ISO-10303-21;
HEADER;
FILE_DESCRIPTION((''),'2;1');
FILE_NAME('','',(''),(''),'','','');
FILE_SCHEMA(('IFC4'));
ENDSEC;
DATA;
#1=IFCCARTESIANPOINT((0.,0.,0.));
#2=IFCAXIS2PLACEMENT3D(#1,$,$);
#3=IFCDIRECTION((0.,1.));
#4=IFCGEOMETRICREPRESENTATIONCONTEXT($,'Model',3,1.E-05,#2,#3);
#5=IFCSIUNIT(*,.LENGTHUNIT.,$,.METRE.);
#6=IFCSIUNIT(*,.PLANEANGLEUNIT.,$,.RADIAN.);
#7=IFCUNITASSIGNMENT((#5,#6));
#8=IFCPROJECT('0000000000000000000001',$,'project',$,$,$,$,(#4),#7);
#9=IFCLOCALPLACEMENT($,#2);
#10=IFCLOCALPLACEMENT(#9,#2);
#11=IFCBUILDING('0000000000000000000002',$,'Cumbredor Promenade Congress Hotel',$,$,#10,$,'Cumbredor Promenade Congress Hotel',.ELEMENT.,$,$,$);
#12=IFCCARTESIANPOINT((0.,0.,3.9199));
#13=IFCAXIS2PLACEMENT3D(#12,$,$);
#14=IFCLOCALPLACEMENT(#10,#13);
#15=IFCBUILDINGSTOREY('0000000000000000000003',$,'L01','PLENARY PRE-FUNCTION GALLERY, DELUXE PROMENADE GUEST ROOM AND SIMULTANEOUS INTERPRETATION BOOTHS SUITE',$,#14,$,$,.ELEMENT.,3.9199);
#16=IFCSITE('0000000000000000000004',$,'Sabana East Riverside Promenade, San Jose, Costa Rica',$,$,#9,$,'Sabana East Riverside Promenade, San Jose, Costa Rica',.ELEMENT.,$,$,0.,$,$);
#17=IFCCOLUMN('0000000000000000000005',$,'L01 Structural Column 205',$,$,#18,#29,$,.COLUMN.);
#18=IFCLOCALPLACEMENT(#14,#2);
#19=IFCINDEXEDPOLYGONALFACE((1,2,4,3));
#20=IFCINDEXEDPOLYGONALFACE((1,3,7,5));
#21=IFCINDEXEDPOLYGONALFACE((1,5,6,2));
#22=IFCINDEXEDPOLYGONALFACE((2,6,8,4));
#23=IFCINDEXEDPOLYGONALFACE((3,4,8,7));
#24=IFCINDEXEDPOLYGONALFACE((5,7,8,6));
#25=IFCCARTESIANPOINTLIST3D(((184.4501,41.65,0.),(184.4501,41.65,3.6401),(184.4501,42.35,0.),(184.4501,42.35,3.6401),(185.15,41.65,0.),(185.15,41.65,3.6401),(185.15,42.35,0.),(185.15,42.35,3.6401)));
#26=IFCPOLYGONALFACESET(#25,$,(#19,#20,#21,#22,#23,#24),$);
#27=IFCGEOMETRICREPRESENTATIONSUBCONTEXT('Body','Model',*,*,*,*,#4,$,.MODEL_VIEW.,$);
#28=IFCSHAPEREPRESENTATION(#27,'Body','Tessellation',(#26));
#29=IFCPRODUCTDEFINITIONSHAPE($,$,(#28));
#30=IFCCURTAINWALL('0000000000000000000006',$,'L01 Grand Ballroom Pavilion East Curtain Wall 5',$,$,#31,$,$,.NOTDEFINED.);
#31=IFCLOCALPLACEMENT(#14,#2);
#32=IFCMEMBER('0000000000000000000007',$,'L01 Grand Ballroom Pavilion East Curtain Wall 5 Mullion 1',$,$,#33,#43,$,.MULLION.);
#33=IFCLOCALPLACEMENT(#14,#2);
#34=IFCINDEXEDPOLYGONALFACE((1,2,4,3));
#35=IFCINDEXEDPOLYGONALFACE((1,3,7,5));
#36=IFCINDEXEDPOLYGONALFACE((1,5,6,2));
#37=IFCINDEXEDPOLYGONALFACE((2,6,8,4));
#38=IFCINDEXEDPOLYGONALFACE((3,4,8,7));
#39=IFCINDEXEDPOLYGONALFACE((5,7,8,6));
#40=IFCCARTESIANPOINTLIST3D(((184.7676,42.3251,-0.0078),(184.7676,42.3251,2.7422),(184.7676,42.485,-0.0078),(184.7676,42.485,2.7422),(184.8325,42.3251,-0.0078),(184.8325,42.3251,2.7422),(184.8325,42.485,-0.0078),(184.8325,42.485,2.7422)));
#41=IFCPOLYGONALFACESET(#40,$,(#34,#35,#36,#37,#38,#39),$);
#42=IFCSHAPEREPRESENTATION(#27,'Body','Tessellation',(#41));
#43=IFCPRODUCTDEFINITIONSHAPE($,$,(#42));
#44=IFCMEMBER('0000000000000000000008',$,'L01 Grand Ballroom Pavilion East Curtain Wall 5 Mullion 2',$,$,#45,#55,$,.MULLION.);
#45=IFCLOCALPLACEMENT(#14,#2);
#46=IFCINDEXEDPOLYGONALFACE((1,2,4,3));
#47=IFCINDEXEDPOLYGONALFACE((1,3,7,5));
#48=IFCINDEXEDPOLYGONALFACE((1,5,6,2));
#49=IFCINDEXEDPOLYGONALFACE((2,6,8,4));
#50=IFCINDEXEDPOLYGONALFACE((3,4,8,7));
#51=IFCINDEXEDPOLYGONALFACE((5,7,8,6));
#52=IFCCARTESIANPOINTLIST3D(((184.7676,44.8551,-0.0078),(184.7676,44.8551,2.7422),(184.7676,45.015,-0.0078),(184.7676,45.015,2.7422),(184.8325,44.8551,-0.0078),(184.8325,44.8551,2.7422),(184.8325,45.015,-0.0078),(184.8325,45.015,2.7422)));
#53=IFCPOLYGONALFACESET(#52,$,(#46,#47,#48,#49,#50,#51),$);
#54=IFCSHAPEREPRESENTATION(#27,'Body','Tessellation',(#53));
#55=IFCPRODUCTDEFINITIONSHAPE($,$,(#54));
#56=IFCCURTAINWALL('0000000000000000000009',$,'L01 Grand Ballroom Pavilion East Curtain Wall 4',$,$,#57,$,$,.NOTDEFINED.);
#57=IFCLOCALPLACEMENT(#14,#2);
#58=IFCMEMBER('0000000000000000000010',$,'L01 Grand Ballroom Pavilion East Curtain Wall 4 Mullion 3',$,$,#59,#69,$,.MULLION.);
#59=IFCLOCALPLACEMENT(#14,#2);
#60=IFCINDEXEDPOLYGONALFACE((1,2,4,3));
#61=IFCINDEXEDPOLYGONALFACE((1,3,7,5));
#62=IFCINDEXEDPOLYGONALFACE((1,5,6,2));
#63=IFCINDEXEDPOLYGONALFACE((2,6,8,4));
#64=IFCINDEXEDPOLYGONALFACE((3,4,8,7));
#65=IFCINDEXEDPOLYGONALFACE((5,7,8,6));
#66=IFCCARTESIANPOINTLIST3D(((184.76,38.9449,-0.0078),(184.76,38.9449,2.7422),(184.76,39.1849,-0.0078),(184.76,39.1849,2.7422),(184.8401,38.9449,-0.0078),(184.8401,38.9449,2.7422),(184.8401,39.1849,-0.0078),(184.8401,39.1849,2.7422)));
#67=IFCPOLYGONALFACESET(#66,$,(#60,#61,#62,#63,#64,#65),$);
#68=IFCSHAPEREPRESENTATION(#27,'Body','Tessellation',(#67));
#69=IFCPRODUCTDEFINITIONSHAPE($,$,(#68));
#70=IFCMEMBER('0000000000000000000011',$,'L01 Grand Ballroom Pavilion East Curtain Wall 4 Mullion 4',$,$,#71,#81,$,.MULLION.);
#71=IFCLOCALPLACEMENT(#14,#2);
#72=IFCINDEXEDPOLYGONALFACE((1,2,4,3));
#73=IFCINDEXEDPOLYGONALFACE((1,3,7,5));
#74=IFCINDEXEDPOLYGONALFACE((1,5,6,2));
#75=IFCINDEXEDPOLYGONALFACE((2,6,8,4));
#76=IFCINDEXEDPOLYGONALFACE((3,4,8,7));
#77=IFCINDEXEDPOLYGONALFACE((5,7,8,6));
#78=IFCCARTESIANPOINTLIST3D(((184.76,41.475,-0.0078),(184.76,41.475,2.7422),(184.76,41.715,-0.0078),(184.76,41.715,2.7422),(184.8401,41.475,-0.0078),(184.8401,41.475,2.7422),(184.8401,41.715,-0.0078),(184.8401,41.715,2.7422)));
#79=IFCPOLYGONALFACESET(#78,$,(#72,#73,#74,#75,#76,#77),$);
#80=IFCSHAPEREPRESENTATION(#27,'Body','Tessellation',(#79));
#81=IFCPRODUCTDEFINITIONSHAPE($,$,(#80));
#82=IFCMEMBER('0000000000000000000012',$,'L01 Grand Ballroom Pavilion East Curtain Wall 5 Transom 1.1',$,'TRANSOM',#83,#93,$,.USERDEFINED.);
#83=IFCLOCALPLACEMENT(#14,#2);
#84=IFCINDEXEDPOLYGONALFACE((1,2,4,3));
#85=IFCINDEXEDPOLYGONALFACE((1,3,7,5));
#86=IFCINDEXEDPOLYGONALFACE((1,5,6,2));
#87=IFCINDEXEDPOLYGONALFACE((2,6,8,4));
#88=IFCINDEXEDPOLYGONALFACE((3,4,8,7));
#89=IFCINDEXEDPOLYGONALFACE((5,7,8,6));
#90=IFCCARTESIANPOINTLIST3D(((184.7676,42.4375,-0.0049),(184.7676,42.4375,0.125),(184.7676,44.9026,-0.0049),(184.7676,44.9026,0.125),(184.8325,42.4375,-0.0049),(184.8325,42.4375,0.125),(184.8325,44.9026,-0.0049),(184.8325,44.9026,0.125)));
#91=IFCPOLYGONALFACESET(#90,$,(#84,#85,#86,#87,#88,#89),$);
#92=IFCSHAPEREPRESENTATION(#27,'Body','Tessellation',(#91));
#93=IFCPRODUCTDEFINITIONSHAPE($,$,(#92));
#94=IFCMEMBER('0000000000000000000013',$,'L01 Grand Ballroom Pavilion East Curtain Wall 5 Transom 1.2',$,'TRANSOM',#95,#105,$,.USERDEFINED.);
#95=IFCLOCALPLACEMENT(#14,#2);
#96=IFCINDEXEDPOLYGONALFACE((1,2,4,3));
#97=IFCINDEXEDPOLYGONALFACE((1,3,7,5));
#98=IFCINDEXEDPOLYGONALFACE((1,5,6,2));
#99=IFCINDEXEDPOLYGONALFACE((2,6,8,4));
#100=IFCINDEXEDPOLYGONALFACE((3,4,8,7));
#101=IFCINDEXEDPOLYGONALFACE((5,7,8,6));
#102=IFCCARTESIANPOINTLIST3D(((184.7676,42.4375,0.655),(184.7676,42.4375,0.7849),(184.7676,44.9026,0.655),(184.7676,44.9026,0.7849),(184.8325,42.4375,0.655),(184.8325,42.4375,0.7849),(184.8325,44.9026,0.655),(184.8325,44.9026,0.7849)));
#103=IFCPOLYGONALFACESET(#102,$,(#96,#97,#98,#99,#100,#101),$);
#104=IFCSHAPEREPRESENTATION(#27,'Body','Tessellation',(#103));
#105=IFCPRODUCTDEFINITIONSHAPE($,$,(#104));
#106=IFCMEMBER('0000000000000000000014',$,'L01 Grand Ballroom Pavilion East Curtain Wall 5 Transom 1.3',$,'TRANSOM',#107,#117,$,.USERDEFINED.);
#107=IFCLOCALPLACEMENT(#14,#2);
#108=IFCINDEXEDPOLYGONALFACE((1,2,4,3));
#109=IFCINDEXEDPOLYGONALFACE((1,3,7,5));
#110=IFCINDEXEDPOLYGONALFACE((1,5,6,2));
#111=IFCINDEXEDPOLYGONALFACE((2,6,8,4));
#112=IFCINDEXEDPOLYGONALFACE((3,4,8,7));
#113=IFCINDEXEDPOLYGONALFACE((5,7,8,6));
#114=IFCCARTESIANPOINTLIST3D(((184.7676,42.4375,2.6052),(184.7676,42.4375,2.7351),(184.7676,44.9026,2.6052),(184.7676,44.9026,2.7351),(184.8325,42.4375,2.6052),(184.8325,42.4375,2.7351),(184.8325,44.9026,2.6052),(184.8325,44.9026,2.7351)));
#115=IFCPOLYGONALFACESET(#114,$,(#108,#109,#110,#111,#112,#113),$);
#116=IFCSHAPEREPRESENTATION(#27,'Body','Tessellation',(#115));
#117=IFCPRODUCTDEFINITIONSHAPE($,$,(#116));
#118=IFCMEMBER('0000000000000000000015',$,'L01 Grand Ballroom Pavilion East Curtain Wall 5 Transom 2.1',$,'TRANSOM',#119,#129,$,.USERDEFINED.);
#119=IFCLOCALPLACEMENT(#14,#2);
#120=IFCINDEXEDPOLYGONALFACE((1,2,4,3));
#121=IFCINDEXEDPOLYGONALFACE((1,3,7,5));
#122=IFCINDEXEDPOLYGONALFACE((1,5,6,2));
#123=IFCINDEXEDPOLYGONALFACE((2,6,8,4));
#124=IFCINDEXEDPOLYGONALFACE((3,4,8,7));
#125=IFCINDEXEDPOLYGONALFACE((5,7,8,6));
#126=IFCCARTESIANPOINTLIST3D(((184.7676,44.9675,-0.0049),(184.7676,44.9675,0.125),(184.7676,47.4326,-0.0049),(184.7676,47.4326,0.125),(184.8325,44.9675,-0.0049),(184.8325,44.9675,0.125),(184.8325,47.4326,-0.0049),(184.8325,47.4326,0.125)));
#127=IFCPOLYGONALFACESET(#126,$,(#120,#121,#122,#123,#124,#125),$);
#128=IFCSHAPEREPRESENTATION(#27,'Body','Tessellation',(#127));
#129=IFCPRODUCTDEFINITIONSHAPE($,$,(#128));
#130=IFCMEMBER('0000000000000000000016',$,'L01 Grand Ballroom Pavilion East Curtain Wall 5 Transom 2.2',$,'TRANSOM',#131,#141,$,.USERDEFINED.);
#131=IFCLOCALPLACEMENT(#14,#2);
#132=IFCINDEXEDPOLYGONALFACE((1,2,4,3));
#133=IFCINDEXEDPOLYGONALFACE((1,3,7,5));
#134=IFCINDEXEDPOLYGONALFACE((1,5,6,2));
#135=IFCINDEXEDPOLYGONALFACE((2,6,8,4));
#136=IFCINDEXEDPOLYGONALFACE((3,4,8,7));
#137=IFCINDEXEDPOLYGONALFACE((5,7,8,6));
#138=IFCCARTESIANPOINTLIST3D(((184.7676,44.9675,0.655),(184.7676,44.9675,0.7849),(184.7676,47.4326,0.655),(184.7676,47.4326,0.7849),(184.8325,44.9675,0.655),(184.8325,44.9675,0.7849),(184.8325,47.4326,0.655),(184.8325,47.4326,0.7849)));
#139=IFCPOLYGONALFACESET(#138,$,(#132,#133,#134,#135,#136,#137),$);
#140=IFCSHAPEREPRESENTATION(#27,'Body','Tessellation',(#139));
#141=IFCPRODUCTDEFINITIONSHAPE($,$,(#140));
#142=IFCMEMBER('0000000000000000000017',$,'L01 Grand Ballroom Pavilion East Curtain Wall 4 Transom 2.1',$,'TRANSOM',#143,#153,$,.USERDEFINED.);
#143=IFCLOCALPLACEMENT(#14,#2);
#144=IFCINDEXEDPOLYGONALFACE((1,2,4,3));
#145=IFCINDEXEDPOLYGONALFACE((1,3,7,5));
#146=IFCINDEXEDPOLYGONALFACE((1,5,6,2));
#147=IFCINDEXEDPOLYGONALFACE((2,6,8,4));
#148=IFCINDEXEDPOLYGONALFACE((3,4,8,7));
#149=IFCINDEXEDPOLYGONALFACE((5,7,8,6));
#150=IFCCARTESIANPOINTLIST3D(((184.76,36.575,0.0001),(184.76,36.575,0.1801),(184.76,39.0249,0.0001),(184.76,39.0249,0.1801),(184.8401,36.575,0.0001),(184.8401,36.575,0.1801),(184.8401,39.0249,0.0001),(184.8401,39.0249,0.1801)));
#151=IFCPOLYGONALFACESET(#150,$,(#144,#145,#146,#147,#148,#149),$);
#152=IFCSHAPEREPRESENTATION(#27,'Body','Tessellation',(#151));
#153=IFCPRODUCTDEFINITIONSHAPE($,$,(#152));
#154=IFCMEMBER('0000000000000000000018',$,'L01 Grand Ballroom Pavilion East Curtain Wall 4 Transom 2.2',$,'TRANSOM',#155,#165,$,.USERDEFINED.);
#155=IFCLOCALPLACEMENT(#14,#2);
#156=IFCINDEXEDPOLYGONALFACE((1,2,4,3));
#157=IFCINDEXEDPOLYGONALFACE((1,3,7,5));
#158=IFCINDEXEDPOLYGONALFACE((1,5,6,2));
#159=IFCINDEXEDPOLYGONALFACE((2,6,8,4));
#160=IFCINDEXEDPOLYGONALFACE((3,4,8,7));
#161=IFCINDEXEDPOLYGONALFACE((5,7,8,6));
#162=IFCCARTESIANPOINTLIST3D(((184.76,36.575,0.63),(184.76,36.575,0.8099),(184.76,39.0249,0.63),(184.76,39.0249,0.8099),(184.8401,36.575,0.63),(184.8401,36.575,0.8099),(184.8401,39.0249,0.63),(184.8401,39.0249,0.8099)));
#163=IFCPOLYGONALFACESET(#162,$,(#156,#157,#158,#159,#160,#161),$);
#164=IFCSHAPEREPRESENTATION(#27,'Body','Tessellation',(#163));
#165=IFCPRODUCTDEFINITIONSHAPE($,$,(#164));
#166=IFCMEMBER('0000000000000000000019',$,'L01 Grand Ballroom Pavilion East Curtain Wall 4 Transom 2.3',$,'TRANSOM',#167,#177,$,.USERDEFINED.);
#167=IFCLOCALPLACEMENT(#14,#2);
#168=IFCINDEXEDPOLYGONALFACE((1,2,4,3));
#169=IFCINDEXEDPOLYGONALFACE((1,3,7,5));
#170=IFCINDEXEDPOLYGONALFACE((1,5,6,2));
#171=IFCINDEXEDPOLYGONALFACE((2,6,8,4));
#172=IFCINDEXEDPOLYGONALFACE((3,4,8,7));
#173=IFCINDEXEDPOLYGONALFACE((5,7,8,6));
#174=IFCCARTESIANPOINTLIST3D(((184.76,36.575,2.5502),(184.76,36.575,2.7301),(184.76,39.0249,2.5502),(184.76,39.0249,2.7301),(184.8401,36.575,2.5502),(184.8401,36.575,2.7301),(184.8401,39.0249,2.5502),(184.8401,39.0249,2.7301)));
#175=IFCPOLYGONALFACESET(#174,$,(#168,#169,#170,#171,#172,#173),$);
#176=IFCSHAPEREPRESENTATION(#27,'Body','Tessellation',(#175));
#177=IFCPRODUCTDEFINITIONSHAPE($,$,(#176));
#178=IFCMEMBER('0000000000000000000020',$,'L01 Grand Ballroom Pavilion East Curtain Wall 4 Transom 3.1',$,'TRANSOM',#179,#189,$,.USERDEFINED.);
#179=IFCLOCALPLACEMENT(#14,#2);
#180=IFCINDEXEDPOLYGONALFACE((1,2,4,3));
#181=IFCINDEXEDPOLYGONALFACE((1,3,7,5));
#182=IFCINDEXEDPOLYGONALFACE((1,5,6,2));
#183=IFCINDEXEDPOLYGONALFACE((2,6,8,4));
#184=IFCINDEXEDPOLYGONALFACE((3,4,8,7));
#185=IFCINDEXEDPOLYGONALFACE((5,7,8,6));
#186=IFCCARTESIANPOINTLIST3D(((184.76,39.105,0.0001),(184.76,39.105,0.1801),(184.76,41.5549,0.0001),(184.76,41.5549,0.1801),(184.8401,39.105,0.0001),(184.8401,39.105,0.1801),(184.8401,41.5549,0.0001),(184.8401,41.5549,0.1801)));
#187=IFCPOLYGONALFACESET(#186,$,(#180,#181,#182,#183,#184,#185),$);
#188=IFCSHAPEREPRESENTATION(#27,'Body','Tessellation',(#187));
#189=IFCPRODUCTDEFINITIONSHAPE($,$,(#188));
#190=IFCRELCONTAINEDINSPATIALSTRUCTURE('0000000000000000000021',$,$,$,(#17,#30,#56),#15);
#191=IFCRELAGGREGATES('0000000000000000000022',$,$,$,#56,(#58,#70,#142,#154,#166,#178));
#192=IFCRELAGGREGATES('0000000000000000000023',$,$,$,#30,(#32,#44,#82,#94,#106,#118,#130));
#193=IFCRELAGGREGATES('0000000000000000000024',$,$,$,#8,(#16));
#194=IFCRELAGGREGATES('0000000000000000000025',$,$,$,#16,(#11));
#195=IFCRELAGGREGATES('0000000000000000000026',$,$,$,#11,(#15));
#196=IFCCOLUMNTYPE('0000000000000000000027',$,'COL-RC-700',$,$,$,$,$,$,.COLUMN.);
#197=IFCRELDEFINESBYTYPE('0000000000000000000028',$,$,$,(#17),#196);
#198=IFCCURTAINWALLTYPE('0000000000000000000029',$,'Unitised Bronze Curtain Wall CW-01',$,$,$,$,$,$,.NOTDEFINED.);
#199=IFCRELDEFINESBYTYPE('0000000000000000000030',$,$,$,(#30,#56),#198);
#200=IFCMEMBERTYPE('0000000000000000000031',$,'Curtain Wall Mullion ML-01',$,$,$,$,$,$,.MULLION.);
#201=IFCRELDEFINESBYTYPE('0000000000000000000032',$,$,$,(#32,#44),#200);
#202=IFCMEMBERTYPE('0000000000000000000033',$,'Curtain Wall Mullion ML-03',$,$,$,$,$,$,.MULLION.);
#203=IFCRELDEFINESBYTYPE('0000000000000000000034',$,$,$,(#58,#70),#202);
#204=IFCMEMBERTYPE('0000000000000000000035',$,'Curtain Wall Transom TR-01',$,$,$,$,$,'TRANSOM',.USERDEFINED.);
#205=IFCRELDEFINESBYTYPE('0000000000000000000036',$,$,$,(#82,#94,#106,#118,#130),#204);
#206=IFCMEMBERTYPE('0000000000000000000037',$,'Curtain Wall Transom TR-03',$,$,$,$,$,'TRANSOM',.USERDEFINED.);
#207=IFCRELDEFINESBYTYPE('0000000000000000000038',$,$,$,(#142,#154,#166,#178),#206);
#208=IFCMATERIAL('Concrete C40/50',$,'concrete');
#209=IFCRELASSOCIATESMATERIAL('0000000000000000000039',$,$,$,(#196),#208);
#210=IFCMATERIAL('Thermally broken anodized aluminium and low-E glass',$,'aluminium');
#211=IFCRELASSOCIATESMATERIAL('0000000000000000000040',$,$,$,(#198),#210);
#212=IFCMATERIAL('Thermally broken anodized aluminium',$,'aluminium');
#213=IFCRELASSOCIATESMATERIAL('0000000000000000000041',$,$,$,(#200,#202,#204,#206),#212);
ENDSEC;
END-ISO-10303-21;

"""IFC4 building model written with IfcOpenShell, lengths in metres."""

from ifc_helpers import new_model, si_unit, direction, frame, origin, origin_2d, place, context, subcontext, project, spatial, rectangle, extrude, material, material_profile, profile_set, type_object, element, aggregate, save


model = new_model("IFC4")

# Units and contexts
model_context = context("Model", 3, precision=1e-05, world=origin(), true_north=direction((0.0, 1.0)))
body_context = subcontext(model_context, "Body", "Model", "MODEL_VIEW")
ifc_project = project(units=[si_unit("LENGTHUNIT", "METRE"), si_unit("PLANEANGLEUNIT", "RADIAN")], contexts=[model_context])

# Site, building, storey
site_placement = place(None, origin())
site = spatial("IfcSite", under=ifc_project, at=site_placement, Name="Sabana East Riverside Promenade, San Jose, Costa Rica", LongName="Sabana East Riverside Promenade, San Jose, Costa Rica", CompositionType="ELEMENT", RefElevation=0.0)
building_placement = place(site_placement, origin())
building = spatial("IfcBuilding", under=site, at=building_placement, Name="Cumbredor Promenade Congress Hotel", LongName="Cumbredor Promenade Congress Hotel", CompositionType="ELEMENT")
storey_placement = place(building_placement, frame((0.0, 0.0, 3.9199)))
storey = spatial("IfcBuildingStorey", under=building, at=storey_placement, Name="L01", Description="PLENARY PRE-FUNCTION GALLERY, DELUXE PROMENADE GUEST ROOM AND SIMULTANEOUS INTERPRETATION BOOTHS SUITE", CompositionType="ELEMENT", Elevation=3.9199)

# Column
ifc_material_1 = material(Name="Concrete C40/50", Category="concrete")
ifc_material_profile_1 = material_profile(ifc_material_1, rectangle(XDim=0.7, YDim=0.7, at=origin_2d()), Name="RC 700x700")
ifc_profile_set_1 = profile_set([ifc_material_profile_1], Name="Concrete C40/50")
column_type = type_object("IfcColumnType", Name="COL-RC-700", PredefinedType="COLUMN", material=ifc_profile_set_1)
column_placement = place(storey_placement, frame((184.8, 42.0, 0.0), z_axis=(0.0, 0.0, 1.0), x_axis=(1.0, 0.0, 0.0)))
element("IfcColumn", 1, at=column_placement, inside=storey, type_object=column_type, Name="L01 Structural Column 205", PredefinedType="COLUMN", context=body_context, shape_type="SweptSolid", body=[
    extrude(rectangle(XDim=0.7, YDim=0.7, at=origin_2d()), origin(), (0.0, 0.0, 1.0), 3.6401),
])

# Curtain walls, members
ifc_material_2 = material(Name="Thermally broken anodized aluminium and low-E glass", Category="aluminium")
curtain_wall_type = type_object("IfcCurtainWallType", Name="Unitised Bronze Curtain Wall CW-01", PredefinedType="NOTDEFINED", material=ifc_material_2)
curtain_wall_1_placement = place(storey_placement, origin())
curtain_wall_1 = element("IfcCurtainWall", 2, at=curtain_wall_1_placement, inside=storey, type_object=curtain_wall_type, Name="L01 Grand Ballroom Pavilion East Curtain Wall 5", PredefinedType="NOTDEFINED")
ifc_material_3 = material(Name="Thermally broken anodized aluminium", Category="aluminium")
ifc_material_profile_2 = material_profile(ifc_material_3, rectangle(XDim=0.0649, YDim=0.1599, at=origin_2d()), Name="ALU MULLION 65x160")
ifc_profile_set_2 = profile_set([ifc_material_profile_2], Name="Thermally broken anodized aluminium")
member_type_1 = type_object("IfcMemberType", Name="Curtain Wall Mullion ML-01", PredefinedType="MULLION", material=ifc_profile_set_2)
member_1_placement = place(storey_placement, frame((184.8, 42.405, -0.0078), z_axis=(0.0, 0.0, 1.0), x_axis=(1.0, 0.0, 0.0)))
member_1 = element("IfcMember", 3, at=member_1_placement, type_object=member_type_1, Name="L01 Grand Ballroom Pavilion East Curtain Wall 5 Mullion 1", PredefinedType="MULLION", context=body_context, shape_type="SweptSolid", body=[
    extrude(rectangle(XDim=0.0649, YDim=0.1599, at=origin_2d()), origin(), (0.0, 0.0, 1.0), 2.75),
])
member_2_placement = place(storey_placement, frame((184.8, 44.9351, -0.0078), z_axis=(0.0, 0.0, 1.0), x_axis=(1.0, 0.0, 0.0)))
member_2 = element("IfcMember", 4, at=member_2_placement, type_object=member_type_1, Name="L01 Grand Ballroom Pavilion East Curtain Wall 5 Mullion 2", PredefinedType="MULLION", context=body_context, shape_type="SweptSolid", body=[
    extrude(rectangle(XDim=0.0649, YDim=0.1599, at=origin_2d()), origin(), (0.0, 0.0, 1.0), 2.75),
])
curtain_wall_2_placement = place(storey_placement, origin())
curtain_wall_2 = element("IfcCurtainWall", 5, at=curtain_wall_2_placement, inside=storey, type_object=curtain_wall_type, Name="L01 Grand Ballroom Pavilion East Curtain Wall 4", PredefinedType="NOTDEFINED")
ifc_material_profile_3 = material_profile(ifc_material_3, rectangle(XDim=0.0801, YDim=0.24, at=origin_2d()), Name="ALU MULLION 80x240")
ifc_profile_set_3 = profile_set([ifc_material_profile_3], Name="Thermally broken anodized aluminium")
member_type_2 = type_object("IfcMemberType", Name="Curtain Wall Mullion ML-03", PredefinedType="MULLION", material=ifc_profile_set_3)
member_3_placement = place(storey_placement, frame((184.8, 39.0649, -0.0078), z_axis=(0.0, 0.0, 1.0), x_axis=(1.0, 0.0, 0.0)))
member_3 = element("IfcMember", 6, at=member_3_placement, type_object=member_type_2, Name="L01 Grand Ballroom Pavilion East Curtain Wall 4 Mullion 3", PredefinedType="MULLION", context=body_context, shape_type="SweptSolid", body=[
    extrude(rectangle(XDim=0.0801, YDim=0.24, at=origin_2d()), origin(), (0.0, 0.0, 1.0), 2.75),
])
member_4_placement = place(storey_placement, frame((184.8, 41.595, -0.0078), z_axis=(0.0, 0.0, 1.0), x_axis=(1.0, 0.0, 0.0)))
member_4 = element("IfcMember", 7, at=member_4_placement, type_object=member_type_2, Name="L01 Grand Ballroom Pavilion East Curtain Wall 4 Mullion 4", PredefinedType="MULLION", context=body_context, shape_type="SweptSolid", body=[
    extrude(rectangle(XDim=0.0801, YDim=0.24, at=origin_2d()), origin(), (0.0, 0.0, 1.0), 2.75),
])

# Members
ifc_material_profile_4 = material_profile(ifc_material_3, rectangle(XDim=0.0649, YDim=0.1299, at=origin_2d()), Name="ALU TRANSOM 65x130")
ifc_profile_set_4 = profile_set([ifc_material_profile_4], Name="Thermally broken anodized aluminium")
member_type_3 = type_object("IfcMemberType", Name="Curtain Wall Transom TR-01", ElementType="TRANSOM", PredefinedType="USERDEFINED", material=ifc_profile_set_4)
member_5_placement = place(storey_placement, frame((184.8, 42.4375, 0.0601), z_axis=(0.0, 1.0, 0.0), x_axis=(-1.0, 0.0, 0.0)))
member_5 = element("IfcMember", 8, at=member_5_placement, type_object=member_type_3, Name="L01 Grand Ballroom Pavilion East Curtain Wall 5 Transom 1.1", ObjectType="TRANSOM", PredefinedType="USERDEFINED", context=body_context, shape_type="SweptSolid", body=[
    extrude(rectangle(XDim=0.0649, YDim=0.1299, at=origin_2d()), origin(), (0.0, 0.0, 1.0), 2.4651),
])
member_6_placement = place(storey_placement, frame((184.8, 42.4375, 0.72), z_axis=(0.0, 1.0, 0.0), x_axis=(-1.0, 0.0, 0.0)))
member_6 = element("IfcMember", 9, at=member_6_placement, type_object=member_type_3, Name="L01 Grand Ballroom Pavilion East Curtain Wall 5 Transom 1.2", ObjectType="TRANSOM", PredefinedType="USERDEFINED", context=body_context, shape_type="SweptSolid", body=[
    extrude(rectangle(XDim=0.0649, YDim=0.1299, at=origin_2d()), origin(), (0.0, 0.0, 1.0), 2.4651),
])
member_7_placement = place(storey_placement, frame((184.8, 42.4375, 2.6702), z_axis=(0.0, 1.0, 0.0), x_axis=(-1.0, 0.0, 0.0)))
member_7 = element("IfcMember", 10, at=member_7_placement, type_object=member_type_3, Name="L01 Grand Ballroom Pavilion East Curtain Wall 5 Transom 1.3", ObjectType="TRANSOM", PredefinedType="USERDEFINED", context=body_context, shape_type="SweptSolid", body=[
    extrude(rectangle(XDim=0.0649, YDim=0.1299, at=origin_2d()), origin(), (0.0, 0.0, 1.0), 2.4651),
])
member_8_placement = place(storey_placement, frame((184.8, 44.9675, 0.0601), z_axis=(0.0, 1.0, 0.0), x_axis=(-1.0, 0.0, 0.0)))
member_8 = element("IfcMember", 11, at=member_8_placement, type_object=member_type_3, Name="L01 Grand Ballroom Pavilion East Curtain Wall 5 Transom 2.1", ObjectType="TRANSOM", PredefinedType="USERDEFINED", context=body_context, shape_type="SweptSolid", body=[
    extrude(rectangle(XDim=0.0649, YDim=0.1299, at=origin_2d()), origin(), (0.0, 0.0, 1.0), 2.4651),
])
member_9_placement = place(storey_placement, frame((184.8, 44.9675, 0.72), z_axis=(0.0, 1.0, 0.0), x_axis=(-1.0, 0.0, 0.0)))
member_9 = element("IfcMember", 12, at=member_9_placement, type_object=member_type_3, Name="L01 Grand Ballroom Pavilion East Curtain Wall 5 Transom 2.2", ObjectType="TRANSOM", PredefinedType="USERDEFINED", context=body_context, shape_type="SweptSolid", body=[
    extrude(rectangle(XDim=0.0649, YDim=0.1299, at=origin_2d()), origin(), (0.0, 0.0, 1.0), 2.4651),
])
ifc_material_profile_5 = material_profile(ifc_material_3, rectangle(XDim=0.0801, YDim=0.1799, at=origin_2d()), Name="ALU TRANSOM 80x180")
ifc_profile_set_5 = profile_set([ifc_material_profile_5], Name="Thermally broken anodized aluminium")
member_type_4 = type_object("IfcMemberType", Name="Curtain Wall Transom TR-03", ElementType="TRANSOM", PredefinedType="USERDEFINED", material=ifc_profile_set_5)
member_10_placement = place(storey_placement, frame((184.8, 36.575, 0.0901), z_axis=(0.0, 1.0, 0.0), x_axis=(-1.0, 0.0, 0.0)))
member_10 = element("IfcMember", 13, at=member_10_placement, type_object=member_type_4, Name="L01 Grand Ballroom Pavilion East Curtain Wall 4 Transom 2.1", ObjectType="TRANSOM", PredefinedType="USERDEFINED", context=body_context, shape_type="SweptSolid", body=[
    extrude(rectangle(XDim=0.0801, YDim=0.1799, at=origin_2d()), origin(), (0.0, 0.0, 1.0), 2.45),
])
member_11_placement = place(storey_placement, frame((184.8, 36.575, 0.72), z_axis=(0.0, 1.0, 0.0), x_axis=(-1.0, 0.0, 0.0)))
member_11 = element("IfcMember", 14, at=member_11_placement, type_object=member_type_4, Name="L01 Grand Ballroom Pavilion East Curtain Wall 4 Transom 2.2", ObjectType="TRANSOM", PredefinedType="USERDEFINED", context=body_context, shape_type="SweptSolid", body=[
    extrude(rectangle(XDim=0.0801, YDim=0.1799, at=origin_2d()), origin(), (0.0, 0.0, 1.0), 2.45),
])
member_12_placement = place(storey_placement, frame((184.8, 36.575, 2.6401), z_axis=(0.0, 1.0, 0.0), x_axis=(-1.0, 0.0, 0.0)))
member_12 = element("IfcMember", 15, at=member_12_placement, type_object=member_type_4, Name="L01 Grand Ballroom Pavilion East Curtain Wall 4 Transom 2.3", ObjectType="TRANSOM", PredefinedType="USERDEFINED", context=body_context, shape_type="SweptSolid", body=[
    extrude(rectangle(XDim=0.0801, YDim=0.1799, at=origin_2d()), origin(), (0.0, 0.0, 1.0), 2.45),
])
member_13_placement = place(storey_placement, frame((184.8, 39.105, 0.0901), z_axis=(0.0, 1.0, 0.0), x_axis=(-1.0, 0.0, 0.0)))
member_13 = element("IfcMember", 16, at=member_13_placement, type_object=member_type_4, Name="L01 Grand Ballroom Pavilion East Curtain Wall 4 Transom 3.1", ObjectType="TRANSOM", PredefinedType="USERDEFINED", context=body_context, shape_type="SweptSolid", body=[
    extrude(rectangle(XDim=0.0801, YDim=0.1799, at=origin_2d()), origin(), (0.0, 0.0, 1.0), 2.45),
])

aggregate(curtain_wall_2, [member_3, member_4, member_10, member_11, member_12, member_13])
aggregate(curtain_wall_1, [member_1, member_2, member_5, member_6, member_7, member_8, member_9])

save(model, "model.ifc")
